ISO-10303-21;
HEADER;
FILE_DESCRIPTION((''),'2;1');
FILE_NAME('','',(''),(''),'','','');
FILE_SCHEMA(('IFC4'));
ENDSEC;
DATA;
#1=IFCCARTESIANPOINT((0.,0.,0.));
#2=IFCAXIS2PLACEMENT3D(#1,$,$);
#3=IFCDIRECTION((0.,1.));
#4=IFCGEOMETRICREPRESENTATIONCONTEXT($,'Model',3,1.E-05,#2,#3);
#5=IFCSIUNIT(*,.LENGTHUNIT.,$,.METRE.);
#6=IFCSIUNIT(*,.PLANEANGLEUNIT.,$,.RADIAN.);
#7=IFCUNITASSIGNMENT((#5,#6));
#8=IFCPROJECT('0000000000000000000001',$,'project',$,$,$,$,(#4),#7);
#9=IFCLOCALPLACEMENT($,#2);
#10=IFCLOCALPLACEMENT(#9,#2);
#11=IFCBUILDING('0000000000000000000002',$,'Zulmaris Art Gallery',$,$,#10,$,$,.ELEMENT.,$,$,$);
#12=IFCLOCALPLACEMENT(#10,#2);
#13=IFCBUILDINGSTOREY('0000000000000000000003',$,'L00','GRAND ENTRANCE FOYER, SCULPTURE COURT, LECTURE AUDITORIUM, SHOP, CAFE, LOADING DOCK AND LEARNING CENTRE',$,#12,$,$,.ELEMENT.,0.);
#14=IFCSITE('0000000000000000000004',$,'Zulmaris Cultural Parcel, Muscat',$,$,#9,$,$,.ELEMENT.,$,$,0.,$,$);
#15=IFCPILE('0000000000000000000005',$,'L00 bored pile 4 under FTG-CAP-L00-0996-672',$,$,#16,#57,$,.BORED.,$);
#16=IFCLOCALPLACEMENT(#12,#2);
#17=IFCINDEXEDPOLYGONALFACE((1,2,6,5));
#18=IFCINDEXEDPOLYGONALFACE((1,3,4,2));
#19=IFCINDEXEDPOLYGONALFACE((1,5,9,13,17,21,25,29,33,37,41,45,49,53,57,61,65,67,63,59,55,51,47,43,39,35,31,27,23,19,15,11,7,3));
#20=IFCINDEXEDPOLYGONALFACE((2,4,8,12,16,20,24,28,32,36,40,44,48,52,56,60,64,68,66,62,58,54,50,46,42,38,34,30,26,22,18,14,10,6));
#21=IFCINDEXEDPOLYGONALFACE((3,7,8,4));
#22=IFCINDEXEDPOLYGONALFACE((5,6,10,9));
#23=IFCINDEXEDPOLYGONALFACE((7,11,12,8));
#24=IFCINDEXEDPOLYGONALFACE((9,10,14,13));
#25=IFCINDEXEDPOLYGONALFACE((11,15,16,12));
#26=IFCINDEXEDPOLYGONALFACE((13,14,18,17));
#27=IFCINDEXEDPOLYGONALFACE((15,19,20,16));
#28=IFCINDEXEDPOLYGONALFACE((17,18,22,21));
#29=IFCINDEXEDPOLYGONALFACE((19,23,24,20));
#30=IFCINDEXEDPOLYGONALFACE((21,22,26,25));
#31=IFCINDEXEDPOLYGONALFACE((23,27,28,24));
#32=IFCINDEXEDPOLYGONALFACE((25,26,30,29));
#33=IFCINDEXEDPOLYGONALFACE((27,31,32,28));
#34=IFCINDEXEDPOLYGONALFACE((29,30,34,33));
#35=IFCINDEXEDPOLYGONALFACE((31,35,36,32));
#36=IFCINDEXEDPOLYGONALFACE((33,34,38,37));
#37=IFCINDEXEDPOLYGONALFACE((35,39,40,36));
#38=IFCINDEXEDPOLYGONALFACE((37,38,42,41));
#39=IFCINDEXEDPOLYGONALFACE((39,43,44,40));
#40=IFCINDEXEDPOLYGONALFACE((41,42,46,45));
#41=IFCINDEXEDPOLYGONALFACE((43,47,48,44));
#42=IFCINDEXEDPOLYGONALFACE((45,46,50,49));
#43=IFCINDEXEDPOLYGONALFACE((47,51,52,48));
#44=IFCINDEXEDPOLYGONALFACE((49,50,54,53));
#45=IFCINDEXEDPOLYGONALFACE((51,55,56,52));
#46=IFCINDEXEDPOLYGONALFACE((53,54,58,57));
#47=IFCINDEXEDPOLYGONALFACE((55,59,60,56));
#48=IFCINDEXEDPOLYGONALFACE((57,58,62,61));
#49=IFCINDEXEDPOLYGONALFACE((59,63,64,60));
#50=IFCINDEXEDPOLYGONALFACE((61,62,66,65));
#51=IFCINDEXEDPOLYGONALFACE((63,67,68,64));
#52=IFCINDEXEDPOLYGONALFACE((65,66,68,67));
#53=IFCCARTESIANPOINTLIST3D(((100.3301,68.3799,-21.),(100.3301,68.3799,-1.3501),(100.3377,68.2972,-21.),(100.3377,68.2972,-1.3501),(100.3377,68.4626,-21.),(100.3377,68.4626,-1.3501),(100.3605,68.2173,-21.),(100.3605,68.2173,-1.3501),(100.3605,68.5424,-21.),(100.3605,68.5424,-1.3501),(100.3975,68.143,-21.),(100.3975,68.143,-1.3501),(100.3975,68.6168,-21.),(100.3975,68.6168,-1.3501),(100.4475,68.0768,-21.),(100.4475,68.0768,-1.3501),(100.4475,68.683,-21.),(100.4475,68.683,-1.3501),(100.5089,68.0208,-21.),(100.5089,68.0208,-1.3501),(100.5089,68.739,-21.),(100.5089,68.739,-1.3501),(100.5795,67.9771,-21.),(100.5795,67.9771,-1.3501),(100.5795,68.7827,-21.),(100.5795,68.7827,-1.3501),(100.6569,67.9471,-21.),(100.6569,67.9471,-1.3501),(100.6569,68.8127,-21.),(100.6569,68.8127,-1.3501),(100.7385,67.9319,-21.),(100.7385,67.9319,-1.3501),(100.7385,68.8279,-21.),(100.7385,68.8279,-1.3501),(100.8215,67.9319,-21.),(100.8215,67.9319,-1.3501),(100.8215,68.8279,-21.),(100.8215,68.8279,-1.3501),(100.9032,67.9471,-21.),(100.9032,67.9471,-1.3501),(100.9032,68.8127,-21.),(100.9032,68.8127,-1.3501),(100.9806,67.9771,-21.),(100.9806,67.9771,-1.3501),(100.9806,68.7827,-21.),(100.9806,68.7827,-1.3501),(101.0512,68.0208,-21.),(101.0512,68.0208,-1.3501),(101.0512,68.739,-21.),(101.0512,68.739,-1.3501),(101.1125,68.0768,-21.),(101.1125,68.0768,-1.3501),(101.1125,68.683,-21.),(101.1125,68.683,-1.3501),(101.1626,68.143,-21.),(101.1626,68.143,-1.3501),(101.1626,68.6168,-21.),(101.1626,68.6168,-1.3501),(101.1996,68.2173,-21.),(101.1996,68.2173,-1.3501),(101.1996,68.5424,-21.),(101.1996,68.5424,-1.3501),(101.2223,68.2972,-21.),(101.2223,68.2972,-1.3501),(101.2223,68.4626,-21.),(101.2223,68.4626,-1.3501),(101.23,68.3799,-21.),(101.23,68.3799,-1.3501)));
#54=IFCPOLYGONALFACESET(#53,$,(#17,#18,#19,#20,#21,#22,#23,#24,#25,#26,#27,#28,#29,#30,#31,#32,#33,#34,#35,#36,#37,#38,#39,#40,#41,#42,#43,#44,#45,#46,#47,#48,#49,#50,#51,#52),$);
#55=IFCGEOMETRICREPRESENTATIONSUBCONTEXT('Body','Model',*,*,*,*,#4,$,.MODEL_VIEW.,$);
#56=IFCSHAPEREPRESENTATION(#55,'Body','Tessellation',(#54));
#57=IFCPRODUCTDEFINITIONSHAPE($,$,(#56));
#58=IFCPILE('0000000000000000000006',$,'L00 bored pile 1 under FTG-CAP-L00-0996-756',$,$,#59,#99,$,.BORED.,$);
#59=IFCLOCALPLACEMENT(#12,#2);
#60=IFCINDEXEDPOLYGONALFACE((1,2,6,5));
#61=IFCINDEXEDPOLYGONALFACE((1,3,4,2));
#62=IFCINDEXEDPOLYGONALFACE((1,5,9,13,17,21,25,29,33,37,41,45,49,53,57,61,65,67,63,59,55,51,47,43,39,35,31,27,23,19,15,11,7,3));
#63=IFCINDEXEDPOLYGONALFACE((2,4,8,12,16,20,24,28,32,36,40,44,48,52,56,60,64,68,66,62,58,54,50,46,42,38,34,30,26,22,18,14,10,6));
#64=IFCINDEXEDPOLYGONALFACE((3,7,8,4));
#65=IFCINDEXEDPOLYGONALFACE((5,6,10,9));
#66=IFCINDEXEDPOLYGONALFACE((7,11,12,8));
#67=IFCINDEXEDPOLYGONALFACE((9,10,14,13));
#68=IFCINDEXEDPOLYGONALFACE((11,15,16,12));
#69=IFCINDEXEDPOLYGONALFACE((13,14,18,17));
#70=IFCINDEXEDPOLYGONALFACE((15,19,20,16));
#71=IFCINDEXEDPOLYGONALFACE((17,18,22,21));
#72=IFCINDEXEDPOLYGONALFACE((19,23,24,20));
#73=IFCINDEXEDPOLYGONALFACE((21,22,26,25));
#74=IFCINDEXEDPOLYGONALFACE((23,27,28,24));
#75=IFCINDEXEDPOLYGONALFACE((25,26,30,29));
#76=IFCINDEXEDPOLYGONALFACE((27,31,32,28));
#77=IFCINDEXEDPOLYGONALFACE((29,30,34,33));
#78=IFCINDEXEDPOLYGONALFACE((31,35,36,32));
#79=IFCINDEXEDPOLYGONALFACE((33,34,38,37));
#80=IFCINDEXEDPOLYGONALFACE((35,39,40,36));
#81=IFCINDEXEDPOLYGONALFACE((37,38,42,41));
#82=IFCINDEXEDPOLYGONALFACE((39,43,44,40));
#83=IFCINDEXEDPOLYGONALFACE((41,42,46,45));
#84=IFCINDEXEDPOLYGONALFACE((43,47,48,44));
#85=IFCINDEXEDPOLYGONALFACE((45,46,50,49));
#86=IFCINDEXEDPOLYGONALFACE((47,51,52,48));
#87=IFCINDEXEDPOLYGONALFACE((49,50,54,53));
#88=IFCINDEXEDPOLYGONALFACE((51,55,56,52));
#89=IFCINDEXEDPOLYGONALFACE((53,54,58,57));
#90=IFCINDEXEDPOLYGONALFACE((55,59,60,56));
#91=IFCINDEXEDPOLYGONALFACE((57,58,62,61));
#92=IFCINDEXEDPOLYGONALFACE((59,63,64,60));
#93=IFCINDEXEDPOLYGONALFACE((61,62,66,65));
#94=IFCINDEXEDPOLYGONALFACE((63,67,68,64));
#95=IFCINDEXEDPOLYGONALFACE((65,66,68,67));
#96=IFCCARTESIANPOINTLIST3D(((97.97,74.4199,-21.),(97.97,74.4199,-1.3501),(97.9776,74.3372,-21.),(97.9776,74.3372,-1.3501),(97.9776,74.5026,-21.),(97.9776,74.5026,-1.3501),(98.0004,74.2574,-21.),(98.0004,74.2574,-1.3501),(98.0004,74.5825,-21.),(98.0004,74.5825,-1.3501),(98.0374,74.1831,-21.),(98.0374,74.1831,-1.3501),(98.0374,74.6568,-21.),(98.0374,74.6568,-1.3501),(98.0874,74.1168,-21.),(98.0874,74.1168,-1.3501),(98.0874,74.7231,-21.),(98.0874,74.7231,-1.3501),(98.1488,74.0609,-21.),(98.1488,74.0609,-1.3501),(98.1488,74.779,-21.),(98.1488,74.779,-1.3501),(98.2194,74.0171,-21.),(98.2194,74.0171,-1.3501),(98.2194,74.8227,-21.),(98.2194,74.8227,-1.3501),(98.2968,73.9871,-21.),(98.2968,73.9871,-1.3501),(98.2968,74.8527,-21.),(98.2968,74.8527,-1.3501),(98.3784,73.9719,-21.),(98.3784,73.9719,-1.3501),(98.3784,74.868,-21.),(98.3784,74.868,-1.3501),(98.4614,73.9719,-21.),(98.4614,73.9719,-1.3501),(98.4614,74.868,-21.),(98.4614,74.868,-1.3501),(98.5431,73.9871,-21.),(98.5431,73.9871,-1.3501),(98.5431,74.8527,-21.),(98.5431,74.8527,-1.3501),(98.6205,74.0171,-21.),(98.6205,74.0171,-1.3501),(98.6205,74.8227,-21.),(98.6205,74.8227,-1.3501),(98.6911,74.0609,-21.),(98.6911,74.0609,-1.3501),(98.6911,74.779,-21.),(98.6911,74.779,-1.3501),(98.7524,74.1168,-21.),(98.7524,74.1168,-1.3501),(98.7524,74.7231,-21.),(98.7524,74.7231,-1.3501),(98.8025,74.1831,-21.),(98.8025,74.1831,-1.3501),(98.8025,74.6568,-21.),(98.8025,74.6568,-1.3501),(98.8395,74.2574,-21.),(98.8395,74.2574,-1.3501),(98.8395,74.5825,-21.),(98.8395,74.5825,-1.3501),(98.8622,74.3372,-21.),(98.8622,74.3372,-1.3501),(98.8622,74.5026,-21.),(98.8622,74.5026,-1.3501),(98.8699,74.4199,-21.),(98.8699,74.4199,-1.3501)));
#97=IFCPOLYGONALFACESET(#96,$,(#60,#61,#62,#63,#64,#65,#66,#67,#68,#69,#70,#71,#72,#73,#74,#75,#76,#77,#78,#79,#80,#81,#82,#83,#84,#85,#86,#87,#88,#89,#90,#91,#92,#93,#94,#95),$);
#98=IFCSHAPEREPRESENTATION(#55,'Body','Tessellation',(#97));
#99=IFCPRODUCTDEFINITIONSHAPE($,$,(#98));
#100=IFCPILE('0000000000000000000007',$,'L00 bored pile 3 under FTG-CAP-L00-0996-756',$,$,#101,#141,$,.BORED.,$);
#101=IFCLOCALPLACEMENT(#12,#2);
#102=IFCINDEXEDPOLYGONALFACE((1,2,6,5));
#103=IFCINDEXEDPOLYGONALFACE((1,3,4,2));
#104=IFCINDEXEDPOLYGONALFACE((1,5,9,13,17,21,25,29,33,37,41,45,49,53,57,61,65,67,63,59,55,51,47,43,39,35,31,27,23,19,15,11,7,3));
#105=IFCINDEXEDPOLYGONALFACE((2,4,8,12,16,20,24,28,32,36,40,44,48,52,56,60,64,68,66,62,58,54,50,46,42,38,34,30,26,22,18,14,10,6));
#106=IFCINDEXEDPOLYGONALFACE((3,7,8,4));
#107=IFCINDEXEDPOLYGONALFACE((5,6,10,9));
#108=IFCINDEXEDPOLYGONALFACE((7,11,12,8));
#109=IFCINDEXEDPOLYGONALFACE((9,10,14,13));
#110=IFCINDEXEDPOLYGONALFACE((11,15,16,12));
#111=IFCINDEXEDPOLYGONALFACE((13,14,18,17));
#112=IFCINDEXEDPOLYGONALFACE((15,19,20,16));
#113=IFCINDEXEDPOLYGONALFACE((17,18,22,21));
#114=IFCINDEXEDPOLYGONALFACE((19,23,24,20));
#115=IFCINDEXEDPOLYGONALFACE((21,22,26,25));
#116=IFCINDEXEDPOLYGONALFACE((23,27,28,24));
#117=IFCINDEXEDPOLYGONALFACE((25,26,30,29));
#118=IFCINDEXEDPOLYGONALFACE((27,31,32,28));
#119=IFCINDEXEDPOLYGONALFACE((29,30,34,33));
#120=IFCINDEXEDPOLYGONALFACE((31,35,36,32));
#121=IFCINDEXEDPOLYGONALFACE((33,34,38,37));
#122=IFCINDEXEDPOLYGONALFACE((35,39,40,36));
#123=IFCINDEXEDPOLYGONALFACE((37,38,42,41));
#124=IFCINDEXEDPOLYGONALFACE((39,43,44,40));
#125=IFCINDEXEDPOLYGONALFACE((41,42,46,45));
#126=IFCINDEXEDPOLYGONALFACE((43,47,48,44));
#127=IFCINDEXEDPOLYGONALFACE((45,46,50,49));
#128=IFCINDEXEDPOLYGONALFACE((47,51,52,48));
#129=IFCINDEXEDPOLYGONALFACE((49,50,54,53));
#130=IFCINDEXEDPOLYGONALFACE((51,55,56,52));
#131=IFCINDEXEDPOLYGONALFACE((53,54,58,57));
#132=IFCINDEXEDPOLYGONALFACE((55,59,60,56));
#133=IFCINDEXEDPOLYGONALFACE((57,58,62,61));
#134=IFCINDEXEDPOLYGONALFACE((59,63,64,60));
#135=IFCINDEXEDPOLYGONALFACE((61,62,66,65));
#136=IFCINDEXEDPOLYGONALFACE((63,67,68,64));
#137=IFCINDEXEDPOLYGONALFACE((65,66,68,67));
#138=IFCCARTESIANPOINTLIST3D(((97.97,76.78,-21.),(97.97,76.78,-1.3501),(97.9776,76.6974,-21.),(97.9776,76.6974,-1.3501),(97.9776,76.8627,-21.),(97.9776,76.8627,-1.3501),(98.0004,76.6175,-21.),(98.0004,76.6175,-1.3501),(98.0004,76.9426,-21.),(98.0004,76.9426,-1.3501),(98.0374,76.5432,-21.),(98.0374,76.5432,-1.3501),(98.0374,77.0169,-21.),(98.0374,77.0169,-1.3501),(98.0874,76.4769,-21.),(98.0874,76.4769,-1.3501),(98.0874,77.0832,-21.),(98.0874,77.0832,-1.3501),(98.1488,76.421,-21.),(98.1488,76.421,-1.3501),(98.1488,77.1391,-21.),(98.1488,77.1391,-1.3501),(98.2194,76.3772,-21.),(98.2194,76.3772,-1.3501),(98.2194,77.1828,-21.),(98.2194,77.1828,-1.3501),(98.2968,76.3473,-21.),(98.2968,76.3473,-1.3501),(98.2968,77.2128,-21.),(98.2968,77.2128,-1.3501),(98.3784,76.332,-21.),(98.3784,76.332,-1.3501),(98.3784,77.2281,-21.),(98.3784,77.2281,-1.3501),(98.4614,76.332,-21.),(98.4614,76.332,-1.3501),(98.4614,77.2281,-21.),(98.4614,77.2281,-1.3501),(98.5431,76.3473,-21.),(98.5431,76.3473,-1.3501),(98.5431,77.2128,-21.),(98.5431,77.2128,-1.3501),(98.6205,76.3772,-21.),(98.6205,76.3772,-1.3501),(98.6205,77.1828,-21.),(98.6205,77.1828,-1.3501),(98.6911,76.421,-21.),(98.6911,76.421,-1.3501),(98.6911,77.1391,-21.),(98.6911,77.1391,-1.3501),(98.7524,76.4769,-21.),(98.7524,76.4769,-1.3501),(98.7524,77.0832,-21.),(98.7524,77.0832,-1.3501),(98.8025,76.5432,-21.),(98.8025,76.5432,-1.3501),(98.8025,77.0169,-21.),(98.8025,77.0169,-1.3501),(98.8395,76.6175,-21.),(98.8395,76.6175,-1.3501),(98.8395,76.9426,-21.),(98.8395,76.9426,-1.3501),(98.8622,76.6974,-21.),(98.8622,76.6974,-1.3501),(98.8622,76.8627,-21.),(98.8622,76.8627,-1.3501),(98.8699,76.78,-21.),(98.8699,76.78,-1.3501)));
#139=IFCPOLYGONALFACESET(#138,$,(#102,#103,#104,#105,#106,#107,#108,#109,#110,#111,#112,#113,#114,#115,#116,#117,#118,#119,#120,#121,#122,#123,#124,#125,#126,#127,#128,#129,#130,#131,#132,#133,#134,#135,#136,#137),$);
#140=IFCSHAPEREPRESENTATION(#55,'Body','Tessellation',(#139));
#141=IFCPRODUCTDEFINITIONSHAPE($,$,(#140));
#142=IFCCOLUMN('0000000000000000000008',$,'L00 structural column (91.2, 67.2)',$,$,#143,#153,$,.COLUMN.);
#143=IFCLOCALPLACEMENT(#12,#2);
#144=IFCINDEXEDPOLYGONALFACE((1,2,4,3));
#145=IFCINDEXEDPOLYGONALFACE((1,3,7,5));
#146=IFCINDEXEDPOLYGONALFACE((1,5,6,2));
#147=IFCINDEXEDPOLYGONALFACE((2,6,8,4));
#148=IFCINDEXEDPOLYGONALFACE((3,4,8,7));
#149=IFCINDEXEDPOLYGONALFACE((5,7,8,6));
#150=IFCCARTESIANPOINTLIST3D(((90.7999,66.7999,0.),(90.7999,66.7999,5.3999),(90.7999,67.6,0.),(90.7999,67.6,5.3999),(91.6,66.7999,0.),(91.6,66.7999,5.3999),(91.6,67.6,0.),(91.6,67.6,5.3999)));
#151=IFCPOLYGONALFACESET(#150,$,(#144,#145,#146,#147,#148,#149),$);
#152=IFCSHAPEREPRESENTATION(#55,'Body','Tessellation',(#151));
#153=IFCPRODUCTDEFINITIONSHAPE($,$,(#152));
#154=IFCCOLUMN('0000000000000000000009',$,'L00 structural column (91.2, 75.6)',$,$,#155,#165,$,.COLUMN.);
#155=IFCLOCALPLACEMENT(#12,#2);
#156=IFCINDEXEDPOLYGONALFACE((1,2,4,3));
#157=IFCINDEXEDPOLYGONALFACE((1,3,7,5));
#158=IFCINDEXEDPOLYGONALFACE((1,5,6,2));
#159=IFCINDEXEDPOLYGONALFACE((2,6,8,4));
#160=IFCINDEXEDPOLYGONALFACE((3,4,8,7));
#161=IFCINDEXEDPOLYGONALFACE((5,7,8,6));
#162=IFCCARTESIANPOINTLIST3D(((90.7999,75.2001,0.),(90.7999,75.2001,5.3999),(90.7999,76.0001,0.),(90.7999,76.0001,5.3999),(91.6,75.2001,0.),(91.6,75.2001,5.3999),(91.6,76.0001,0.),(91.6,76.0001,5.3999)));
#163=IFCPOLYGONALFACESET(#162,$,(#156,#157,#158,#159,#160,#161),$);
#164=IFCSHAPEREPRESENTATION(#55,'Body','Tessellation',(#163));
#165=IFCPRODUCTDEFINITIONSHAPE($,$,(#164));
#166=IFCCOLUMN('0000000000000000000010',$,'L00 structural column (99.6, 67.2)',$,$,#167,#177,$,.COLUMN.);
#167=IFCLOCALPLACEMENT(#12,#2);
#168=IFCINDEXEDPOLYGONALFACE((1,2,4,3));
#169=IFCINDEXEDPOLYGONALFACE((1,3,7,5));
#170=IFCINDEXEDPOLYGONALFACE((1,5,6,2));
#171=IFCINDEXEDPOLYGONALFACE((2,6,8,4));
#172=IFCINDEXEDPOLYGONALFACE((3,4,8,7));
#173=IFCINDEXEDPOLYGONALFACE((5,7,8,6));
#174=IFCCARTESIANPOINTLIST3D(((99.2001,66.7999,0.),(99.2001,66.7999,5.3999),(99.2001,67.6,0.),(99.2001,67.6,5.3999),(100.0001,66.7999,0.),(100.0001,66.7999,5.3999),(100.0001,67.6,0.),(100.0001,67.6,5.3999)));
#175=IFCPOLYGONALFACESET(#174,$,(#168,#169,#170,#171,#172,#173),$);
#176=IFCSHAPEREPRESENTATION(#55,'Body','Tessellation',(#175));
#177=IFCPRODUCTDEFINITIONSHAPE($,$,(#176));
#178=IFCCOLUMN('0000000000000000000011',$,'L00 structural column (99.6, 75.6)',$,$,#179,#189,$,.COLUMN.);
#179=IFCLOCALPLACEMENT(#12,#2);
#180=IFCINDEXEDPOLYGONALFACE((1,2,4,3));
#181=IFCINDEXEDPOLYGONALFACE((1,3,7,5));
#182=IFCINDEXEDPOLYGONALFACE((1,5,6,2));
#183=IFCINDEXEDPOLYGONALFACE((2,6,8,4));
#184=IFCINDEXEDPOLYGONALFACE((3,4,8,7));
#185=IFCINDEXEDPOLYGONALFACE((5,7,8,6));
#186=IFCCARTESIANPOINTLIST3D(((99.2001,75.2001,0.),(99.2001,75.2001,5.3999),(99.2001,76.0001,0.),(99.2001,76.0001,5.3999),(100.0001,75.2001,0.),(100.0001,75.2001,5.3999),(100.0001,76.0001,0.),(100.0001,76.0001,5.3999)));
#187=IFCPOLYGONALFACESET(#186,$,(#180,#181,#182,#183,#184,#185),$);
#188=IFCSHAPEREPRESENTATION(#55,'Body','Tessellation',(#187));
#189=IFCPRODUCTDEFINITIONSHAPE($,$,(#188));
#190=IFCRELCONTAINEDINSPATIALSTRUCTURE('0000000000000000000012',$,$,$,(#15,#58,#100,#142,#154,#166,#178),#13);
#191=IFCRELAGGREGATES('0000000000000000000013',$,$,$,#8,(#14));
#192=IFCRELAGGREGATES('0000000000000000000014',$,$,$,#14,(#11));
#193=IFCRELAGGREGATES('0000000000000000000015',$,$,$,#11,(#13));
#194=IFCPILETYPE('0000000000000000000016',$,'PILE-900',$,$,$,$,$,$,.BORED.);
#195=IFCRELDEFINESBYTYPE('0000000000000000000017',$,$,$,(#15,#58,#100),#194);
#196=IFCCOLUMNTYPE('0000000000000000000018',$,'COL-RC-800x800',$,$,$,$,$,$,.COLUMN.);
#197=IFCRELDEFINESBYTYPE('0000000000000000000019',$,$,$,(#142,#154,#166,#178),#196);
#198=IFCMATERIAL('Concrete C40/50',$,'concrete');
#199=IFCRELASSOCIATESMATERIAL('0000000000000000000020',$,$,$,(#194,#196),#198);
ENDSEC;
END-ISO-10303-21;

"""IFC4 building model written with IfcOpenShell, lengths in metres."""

from ifc_helpers import new_model, si_unit, direction, frame, origin, origin_2d, place, context, subcontext, project, spatial, rectangle, circle, extrude, material, material_profile, profile_set, type_object, element, save


model = new_model("IFC4")

# Units and contexts
model_context = context("Model", 3, precision=1e-05, world=origin(), true_north=direction((0.0, 1.0)))
body_context = subcontext(model_context, "Body", "Model", "MODEL_VIEW")
ifc_project = project(units=[si_unit("LENGTHUNIT", "METRE"), si_unit("PLANEANGLEUNIT", "RADIAN")], contexts=[model_context])

# Site, building, storey
site_placement = place(None, origin())
site = spatial("IfcSite", under=ifc_project, at=site_placement, Name="Zulmaris Cultural Parcel, Muscat", CompositionType="ELEMENT", RefElevation=0.0)
building_placement = place(site_placement, origin())
building = spatial("IfcBuilding", under=site, at=building_placement, Name="Zulmaris Art Gallery", CompositionType="ELEMENT")
storey_placement = place(building_placement, origin())
storey = spatial("IfcBuildingStorey", under=building, at=storey_placement, Name="L00", Description="GRAND ENTRANCE FOYER, SCULPTURE COURT, LECTURE AUDITORIUM, SHOP, CAFE, LOADING DOCK AND LEARNING CENTRE", CompositionType="ELEMENT", Elevation=0.0)

# Piles
ifc_material_1 = material(Name="Concrete C40/50", Category="concrete")
ifc_material_profile_1 = material_profile(ifc_material_1, circle(Radius=0.45, at=origin_2d()), Name="PILE DIA 900")
ifc_profile_set_1 = profile_set([ifc_material_profile_1], Name="Concrete C40/50")
pile_type = type_object("IfcPileType", Name="PILE-900", PredefinedType="BORED", material=ifc_profile_set_1)
for number, where, z_axis, x_axis, name in (
    (1, (100.78, 68.3799, -1.3501), (0.0, 0.0, -1.0), (1.0, 0.0, 0.0), "L00 bored pile 4 under FTG-CAP-L00-0996-672"),
    (2, (98.4199, 74.4199, -1.3501), (0.0, 0.0, -1.0), (1.0, 0.0, 0.0), "L00 bored pile 1 under FTG-CAP-L00-0996-756"),
    (3, (98.4199, 76.78, -1.3501), (0.0, 0.0, -1.0), (1.0, 0.0, 0.0), "L00 bored pile 3 under FTG-CAP-L00-0996-756"),
):
    element("IfcPile", number, at=place(storey_placement, frame(where, z_axis=z_axis, x_axis=x_axis)), inside=storey, type_object=pile_type, Name=name, PredefinedType="BORED", context=body_context, shape_type="SweptSolid", body=[
        extrude(circle(Radius=0.45, at=origin_2d()), origin(), (0.0, 0.0, 1.0), 19.6499),
    ])

# Columns
ifc_material_profile_2 = material_profile(ifc_material_1, rectangle(XDim=0.8, YDim=0.8, at=origin_2d()), Name="RC 800x800")
ifc_profile_set_2 = profile_set([ifc_material_profile_2], Name="Concrete C40/50")
column_type = type_object("IfcColumnType", Name="COL-RC-800x800", PredefinedType="COLUMN", material=ifc_profile_set_2)
for number, where, z_axis, x_axis, name in (
    (4, (91.2, 67.2, 0.0), (0.0, 0.0, 1.0), (1.0, 0.0, 0.0), "L00 structural column (91.2, 67.2)"),
    (5, (91.2, 75.6001, 0.0), (0.0, 0.0, 1.0), (1.0, 0.0, 0.0), "L00 structural column (91.2, 75.6)"),
    (6, (99.6001, 67.2, 0.0), (0.0, 0.0, 1.0), (1.0, 0.0, 0.0), "L00 structural column (99.6, 67.2)"),
    (7, (99.6001, 75.6001, 0.0), (0.0, 0.0, 1.0), (1.0, 0.0, 0.0), "L00 structural column (99.6, 75.6)"),
):
    element("IfcColumn", number, at=place(storey_placement, frame(where, z_axis=z_axis, x_axis=x_axis)), inside=storey, type_object=column_type, Name=name, PredefinedType="COLUMN", context=body_context, shape_type="SweptSolid", body=[
        extrude(rectangle(XDim=0.8, YDim=0.8, at=origin_2d()), origin(), (0.0, 0.0, 1.0), 5.3999),
    ])

save(model, "model.ifc")
